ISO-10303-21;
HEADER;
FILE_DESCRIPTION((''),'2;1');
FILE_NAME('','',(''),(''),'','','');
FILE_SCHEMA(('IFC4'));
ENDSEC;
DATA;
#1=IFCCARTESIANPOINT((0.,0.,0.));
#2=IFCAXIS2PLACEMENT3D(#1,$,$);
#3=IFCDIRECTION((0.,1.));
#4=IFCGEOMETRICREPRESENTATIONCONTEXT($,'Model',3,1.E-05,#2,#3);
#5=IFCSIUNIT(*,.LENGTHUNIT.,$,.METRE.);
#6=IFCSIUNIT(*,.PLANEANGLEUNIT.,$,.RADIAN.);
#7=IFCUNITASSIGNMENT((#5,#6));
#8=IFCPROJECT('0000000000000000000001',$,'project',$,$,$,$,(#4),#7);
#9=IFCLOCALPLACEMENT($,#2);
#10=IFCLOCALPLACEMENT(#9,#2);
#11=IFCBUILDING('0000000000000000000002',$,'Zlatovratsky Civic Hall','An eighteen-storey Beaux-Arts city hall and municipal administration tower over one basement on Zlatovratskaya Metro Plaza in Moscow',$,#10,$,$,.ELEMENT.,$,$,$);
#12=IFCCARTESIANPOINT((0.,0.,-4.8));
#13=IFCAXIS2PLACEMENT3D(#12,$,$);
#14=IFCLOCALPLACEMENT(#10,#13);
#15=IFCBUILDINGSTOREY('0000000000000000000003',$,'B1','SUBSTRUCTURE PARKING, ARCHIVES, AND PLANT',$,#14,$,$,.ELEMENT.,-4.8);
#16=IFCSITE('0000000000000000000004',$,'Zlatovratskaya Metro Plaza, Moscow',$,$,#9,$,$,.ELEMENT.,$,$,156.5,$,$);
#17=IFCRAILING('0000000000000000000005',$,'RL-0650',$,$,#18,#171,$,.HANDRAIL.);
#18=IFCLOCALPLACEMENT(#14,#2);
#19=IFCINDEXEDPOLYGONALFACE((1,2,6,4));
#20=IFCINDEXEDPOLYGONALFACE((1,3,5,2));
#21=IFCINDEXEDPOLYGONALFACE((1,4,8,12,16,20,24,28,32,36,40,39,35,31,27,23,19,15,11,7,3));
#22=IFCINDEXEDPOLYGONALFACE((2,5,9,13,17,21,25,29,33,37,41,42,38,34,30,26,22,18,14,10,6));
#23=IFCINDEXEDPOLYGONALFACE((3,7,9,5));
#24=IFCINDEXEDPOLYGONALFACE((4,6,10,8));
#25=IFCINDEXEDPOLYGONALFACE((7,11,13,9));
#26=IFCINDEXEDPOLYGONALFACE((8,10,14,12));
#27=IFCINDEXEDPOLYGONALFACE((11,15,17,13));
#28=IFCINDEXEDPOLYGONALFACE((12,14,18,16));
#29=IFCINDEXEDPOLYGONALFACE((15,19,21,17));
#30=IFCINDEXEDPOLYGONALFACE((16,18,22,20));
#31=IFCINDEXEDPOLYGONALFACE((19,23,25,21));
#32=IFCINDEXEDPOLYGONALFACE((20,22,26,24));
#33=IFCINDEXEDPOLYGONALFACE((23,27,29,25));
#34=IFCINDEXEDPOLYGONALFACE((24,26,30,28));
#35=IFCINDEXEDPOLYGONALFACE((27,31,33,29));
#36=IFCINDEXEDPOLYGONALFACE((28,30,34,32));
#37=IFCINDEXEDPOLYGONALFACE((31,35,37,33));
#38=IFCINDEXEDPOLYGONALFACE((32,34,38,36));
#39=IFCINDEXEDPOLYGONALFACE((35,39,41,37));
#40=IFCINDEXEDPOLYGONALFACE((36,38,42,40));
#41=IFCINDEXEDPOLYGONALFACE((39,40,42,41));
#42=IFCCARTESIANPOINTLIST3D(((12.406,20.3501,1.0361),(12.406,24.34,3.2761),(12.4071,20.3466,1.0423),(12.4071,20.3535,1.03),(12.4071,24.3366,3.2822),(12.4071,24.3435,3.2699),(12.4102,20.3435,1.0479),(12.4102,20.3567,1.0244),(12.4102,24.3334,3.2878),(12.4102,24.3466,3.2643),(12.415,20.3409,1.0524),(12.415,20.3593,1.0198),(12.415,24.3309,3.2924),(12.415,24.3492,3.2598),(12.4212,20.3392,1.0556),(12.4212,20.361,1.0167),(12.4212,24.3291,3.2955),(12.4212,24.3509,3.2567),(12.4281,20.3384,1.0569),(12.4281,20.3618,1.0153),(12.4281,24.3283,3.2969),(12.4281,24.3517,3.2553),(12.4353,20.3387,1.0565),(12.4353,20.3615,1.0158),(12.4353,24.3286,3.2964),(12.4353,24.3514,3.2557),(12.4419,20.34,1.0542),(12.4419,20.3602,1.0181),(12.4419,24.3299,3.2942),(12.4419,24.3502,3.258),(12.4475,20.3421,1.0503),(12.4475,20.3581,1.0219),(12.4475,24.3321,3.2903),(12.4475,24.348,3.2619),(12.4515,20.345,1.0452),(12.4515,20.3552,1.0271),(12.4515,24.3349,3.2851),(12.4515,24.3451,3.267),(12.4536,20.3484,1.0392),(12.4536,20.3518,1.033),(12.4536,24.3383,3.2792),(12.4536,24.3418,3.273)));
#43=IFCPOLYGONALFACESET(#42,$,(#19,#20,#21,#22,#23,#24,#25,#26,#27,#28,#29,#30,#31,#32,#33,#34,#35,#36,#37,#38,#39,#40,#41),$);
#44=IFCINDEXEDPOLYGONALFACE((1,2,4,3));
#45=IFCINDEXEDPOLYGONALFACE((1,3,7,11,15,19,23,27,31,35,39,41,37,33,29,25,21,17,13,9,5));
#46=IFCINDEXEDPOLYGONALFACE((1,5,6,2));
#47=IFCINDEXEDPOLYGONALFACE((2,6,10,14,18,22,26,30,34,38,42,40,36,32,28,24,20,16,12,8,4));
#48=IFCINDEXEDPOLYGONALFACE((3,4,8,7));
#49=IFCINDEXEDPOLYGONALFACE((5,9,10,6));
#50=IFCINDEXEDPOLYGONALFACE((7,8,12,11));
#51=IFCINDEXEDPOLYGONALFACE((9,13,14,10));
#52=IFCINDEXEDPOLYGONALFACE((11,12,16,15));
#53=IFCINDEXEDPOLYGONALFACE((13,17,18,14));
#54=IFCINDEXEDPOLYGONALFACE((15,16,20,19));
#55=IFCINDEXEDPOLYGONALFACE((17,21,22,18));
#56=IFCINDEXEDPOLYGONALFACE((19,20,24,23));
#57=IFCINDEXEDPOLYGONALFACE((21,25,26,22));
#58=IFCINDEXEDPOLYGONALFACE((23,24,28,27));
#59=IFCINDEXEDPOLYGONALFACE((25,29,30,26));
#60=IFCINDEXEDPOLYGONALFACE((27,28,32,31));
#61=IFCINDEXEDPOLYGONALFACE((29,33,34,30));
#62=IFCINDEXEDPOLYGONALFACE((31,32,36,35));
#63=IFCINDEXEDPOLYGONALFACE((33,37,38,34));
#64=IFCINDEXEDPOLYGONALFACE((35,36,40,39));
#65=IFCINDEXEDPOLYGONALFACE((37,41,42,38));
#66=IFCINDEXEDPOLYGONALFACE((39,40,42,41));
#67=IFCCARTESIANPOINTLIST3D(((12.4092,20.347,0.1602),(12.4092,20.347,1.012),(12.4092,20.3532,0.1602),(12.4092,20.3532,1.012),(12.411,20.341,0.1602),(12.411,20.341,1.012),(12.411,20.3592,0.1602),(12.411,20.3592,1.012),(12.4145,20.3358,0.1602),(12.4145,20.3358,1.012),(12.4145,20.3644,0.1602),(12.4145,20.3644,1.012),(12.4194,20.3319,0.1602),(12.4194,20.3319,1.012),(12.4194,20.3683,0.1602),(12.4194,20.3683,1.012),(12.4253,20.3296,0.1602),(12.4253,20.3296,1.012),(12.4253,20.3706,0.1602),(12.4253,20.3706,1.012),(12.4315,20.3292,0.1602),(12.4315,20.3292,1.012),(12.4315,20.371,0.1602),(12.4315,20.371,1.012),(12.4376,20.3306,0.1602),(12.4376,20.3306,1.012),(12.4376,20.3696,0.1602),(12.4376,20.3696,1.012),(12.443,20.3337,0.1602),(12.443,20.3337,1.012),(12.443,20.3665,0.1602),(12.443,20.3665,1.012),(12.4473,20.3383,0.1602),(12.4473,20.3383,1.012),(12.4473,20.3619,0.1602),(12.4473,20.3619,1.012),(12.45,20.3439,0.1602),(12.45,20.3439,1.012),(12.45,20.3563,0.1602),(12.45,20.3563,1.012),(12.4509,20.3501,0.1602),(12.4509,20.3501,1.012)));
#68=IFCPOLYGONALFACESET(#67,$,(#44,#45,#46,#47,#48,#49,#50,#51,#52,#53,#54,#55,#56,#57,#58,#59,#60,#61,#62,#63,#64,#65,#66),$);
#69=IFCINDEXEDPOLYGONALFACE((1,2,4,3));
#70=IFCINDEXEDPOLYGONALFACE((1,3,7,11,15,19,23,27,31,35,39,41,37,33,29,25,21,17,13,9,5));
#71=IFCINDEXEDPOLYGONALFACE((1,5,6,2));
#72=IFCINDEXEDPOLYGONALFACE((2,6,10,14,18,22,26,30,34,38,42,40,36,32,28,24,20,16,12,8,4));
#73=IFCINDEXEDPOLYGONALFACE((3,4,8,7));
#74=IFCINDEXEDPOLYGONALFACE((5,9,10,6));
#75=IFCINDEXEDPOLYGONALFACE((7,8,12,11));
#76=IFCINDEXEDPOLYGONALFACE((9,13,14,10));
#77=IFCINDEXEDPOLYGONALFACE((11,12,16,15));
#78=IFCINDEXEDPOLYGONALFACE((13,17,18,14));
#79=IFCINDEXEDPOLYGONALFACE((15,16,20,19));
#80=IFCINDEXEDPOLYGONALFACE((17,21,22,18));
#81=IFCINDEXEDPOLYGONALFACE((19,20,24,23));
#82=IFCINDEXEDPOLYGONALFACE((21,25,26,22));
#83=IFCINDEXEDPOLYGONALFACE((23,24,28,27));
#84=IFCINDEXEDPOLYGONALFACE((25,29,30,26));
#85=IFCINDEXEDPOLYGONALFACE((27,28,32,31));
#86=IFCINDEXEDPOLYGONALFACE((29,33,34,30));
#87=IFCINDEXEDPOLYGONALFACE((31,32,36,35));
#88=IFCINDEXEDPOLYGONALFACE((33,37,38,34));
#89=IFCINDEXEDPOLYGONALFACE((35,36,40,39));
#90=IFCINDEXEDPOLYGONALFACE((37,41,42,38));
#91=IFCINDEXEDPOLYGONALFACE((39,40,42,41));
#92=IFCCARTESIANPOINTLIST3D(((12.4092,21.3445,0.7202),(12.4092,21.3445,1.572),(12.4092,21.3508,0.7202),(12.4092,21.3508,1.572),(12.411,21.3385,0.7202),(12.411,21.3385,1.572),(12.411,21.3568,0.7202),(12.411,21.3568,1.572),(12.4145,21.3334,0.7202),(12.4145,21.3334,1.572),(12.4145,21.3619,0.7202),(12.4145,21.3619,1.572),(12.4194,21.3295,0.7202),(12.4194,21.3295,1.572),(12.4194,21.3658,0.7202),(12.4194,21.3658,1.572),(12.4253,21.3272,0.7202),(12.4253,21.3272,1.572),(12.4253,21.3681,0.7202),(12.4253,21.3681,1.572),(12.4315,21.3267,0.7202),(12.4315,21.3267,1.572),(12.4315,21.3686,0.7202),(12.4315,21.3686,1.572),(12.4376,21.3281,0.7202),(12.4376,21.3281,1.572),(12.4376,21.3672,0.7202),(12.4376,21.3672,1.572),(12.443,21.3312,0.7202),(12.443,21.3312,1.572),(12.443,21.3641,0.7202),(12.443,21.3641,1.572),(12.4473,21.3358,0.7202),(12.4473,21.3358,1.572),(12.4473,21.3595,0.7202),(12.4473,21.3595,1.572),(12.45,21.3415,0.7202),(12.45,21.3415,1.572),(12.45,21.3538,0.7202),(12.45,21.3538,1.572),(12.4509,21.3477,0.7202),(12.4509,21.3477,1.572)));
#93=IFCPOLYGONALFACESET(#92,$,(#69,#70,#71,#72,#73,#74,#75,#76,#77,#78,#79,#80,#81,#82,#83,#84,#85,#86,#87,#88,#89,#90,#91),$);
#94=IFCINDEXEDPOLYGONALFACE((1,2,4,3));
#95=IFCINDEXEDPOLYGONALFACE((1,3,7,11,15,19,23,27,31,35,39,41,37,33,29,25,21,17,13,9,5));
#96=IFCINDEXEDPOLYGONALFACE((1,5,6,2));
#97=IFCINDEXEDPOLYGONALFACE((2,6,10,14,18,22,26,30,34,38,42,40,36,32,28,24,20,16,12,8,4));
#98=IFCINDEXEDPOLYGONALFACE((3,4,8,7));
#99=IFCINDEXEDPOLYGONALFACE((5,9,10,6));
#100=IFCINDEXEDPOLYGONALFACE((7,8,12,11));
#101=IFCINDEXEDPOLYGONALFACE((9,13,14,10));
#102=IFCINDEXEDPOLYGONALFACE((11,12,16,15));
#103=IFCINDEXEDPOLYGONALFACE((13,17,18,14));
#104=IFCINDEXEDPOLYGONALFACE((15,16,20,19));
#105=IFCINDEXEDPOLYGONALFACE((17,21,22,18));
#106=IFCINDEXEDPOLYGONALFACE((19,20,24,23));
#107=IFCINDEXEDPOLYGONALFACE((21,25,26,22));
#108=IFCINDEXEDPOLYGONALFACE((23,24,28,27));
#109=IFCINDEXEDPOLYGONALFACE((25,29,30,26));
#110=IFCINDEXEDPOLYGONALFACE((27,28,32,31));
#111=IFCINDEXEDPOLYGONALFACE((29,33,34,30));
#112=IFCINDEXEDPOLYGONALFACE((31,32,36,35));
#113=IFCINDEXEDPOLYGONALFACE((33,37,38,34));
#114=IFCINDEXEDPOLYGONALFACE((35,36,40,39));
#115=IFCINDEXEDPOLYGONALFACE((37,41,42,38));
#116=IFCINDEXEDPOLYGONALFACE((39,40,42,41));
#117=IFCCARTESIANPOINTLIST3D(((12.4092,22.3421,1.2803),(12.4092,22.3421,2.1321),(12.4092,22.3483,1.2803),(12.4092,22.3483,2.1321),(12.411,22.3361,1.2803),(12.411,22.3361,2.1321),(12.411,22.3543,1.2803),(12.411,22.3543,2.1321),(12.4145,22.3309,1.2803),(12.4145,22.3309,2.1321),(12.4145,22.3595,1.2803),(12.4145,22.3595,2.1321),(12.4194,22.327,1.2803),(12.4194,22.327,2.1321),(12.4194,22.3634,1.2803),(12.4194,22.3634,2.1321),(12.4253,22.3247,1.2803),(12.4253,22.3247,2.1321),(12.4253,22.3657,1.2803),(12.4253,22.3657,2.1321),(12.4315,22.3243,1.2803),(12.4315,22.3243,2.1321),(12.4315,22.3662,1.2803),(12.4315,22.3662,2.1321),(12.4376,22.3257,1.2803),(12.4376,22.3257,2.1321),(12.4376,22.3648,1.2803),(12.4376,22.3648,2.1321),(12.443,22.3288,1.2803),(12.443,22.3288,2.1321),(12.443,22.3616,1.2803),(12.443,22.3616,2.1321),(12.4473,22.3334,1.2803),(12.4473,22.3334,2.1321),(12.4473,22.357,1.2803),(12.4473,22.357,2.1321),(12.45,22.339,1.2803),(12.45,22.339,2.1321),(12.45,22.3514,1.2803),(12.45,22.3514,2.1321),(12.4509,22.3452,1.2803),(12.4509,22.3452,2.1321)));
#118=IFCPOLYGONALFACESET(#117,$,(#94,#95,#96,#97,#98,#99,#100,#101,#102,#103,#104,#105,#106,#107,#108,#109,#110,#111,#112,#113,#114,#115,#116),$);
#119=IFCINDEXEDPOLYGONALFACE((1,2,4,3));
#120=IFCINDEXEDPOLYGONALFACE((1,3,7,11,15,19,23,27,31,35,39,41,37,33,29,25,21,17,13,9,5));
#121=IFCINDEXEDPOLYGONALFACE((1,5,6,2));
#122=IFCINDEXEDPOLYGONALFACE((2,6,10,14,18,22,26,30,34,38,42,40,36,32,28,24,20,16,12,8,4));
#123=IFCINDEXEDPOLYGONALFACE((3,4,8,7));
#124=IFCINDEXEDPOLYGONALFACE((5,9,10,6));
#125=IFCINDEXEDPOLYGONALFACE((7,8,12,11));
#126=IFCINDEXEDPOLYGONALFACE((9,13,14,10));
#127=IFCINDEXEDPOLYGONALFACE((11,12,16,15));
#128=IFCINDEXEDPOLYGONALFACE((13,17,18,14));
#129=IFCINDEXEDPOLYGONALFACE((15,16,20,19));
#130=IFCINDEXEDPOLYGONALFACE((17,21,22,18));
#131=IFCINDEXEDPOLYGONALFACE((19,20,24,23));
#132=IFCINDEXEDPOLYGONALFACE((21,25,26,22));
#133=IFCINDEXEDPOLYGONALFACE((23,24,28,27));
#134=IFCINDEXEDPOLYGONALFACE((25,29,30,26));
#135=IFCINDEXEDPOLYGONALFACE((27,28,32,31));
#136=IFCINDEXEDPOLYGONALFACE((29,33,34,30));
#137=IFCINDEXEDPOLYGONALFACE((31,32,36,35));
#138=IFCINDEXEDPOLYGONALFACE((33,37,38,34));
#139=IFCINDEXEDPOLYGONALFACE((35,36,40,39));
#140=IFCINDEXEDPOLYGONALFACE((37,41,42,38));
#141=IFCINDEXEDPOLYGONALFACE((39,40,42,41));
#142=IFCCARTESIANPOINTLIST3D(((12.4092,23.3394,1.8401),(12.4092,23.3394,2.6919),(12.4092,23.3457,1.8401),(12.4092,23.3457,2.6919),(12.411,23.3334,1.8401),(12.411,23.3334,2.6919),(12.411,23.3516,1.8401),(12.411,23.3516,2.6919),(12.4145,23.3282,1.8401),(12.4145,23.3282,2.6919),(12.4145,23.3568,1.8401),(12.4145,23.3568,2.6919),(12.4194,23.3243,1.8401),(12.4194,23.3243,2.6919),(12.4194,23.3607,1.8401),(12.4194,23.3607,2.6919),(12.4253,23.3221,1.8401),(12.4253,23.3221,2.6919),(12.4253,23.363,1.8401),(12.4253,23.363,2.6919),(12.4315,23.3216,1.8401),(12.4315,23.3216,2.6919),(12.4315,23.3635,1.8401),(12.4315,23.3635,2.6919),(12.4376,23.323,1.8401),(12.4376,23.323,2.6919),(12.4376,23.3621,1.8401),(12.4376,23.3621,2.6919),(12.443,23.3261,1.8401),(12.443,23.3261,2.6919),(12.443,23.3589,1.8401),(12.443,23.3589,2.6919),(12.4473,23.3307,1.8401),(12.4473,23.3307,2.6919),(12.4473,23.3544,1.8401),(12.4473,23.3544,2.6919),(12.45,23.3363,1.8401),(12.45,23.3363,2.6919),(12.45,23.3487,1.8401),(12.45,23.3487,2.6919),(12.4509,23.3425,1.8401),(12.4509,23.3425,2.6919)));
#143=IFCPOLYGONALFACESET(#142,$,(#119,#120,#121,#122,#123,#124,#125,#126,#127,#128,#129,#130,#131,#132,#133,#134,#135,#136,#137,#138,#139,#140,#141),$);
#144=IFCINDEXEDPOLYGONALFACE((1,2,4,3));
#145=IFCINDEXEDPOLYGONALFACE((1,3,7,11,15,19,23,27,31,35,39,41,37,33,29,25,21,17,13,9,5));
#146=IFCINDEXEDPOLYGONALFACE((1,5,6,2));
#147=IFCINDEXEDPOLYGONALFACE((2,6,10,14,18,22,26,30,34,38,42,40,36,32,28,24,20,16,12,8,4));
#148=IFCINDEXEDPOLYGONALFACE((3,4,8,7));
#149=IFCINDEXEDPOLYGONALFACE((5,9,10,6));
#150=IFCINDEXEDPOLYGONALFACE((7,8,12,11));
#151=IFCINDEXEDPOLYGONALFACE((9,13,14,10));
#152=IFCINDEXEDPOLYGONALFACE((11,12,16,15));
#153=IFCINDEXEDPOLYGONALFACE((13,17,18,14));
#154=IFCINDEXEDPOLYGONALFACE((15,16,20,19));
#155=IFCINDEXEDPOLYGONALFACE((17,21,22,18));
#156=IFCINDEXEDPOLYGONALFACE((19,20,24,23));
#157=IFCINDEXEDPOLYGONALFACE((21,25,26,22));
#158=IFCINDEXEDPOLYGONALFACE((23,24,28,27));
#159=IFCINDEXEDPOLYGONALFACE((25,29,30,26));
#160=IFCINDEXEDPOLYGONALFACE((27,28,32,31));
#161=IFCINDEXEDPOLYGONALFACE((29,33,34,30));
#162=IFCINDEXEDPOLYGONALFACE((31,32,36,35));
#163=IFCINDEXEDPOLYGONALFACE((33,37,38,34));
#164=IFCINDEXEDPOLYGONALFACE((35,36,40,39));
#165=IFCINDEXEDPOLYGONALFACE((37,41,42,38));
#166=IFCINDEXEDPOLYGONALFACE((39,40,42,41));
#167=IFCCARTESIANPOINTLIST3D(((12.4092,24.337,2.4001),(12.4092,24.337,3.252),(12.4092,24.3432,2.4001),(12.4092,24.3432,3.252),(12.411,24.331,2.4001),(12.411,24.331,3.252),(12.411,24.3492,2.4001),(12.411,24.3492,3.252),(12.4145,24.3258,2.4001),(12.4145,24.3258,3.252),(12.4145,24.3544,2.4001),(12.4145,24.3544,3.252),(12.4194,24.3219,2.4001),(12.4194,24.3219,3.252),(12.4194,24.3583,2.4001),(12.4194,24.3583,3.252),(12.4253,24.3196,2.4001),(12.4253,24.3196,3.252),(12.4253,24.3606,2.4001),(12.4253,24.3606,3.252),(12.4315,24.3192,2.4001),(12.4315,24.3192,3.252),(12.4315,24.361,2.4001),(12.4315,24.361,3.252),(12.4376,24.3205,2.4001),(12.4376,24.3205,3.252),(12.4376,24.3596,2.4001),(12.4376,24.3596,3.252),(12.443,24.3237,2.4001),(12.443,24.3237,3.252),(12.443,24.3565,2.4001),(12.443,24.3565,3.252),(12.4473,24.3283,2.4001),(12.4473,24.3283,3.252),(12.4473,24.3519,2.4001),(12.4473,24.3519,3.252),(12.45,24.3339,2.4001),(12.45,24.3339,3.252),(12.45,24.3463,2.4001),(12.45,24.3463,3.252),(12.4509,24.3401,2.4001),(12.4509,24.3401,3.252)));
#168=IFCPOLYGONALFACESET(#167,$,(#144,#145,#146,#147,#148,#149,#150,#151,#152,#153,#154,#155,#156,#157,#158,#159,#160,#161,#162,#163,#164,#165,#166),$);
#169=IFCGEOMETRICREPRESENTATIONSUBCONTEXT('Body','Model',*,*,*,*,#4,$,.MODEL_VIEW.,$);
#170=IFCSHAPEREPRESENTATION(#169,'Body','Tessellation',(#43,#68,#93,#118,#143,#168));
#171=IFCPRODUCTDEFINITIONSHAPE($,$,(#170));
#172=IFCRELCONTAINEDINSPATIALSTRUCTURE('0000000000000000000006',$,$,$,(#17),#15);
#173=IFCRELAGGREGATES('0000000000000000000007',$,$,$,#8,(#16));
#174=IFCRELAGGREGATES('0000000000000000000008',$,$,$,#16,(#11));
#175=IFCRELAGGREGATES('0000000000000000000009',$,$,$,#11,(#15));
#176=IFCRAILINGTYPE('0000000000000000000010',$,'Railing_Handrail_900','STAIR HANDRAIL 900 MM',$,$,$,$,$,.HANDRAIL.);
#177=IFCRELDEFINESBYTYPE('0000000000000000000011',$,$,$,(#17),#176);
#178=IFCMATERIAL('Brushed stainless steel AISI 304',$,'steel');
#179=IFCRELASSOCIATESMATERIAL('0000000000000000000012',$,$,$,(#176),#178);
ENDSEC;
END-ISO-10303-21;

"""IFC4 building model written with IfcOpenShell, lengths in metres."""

from ifc_helpers import new_model, si_unit, direction, frame, origin, origin_2d, place, context, subcontext, project, spatial, circle, extrude, material, type_object, element, save


model = new_model("IFC4")

# Units and contexts
model_context = context("Model", 3, precision=1e-05, world=origin(), true_north=direction((0.0, 1.0)))
body_context = subcontext(model_context, "Body", "Model", "MODEL_VIEW")
ifc_project = project(units=[si_unit("LENGTHUNIT", "METRE"), si_unit("PLANEANGLEUNIT", "RADIAN")], contexts=[model_context])

# Site, building, storey
site_placement = place(None, origin())
site = spatial("IfcSite", under=ifc_project, at=site_placement, Name="Zlatovratskaya Metro Plaza, Moscow", CompositionType="ELEMENT", RefElevation=156.5)
building_placement = place(site_placement, origin())
building = spatial("IfcBuilding", under=site, at=building_placement, Name="Zlatovratsky Civic Hall", Description="An eighteen-storey Beaux-Arts city hall and municipal administration tower over one basement on Zlatovratskaya Metro Plaza in Moscow", CompositionType="ELEMENT")
storey_placement = place(building_placement, frame((0.0, 0.0, -4.8)))
storey = spatial("IfcBuildingStorey", under=building, at=storey_placement, Name="B1", Description="SUBSTRUCTURE PARKING, ARCHIVES, AND PLANT", CompositionType="ELEMENT", Elevation=-4.8)

# Railing
ifc_material_1 = material(Name="Brushed stainless steel AISI 304", Category="steel")
railing_type = type_object("IfcRailingType", Name="Railing_Handrail_900", Description="STAIR HANDRAIL 900 MM", PredefinedType="HANDRAIL", material=ifc_material_1)
railing_placement = place(storey_placement, frame((12.4299, 20.3501, 0.1602)))
element("IfcRailing", 1, at=railing_placement, inside=storey, type_object=railing_type, Name="RL-0650", PredefinedType="HANDRAIL", context=body_context, shape_type="SweptSolid", body=[
    extrude(circle(Radius=0.0239, at=origin_2d()), frame((0.0, 0.0, 0.876), z_axis=(0.0, 0.871984, 0.489534), x_axis=(-1.0, 0.0, 0.0)), (0.0, 0.0, 1.0), 4.5757),
    extrude(circle(Radius=0.021, at=origin_2d()), origin(), (0.0, 0.0, 1.0), 0.8518),
    extrude(circle(Radius=0.021, at=origin_2d()), frame((0.0, 0.9976, 0.5601)), (0.0, 0.0, 1.0), 0.8518),
    extrude(circle(Radius=0.021, at=origin_2d()), frame((0.0, 1.9951, 1.1201)), (0.0, 0.0, 1.0), 0.8518),
    extrude(circle(Radius=0.021, at=origin_2d()), frame((0.0, 2.9924, 1.6799)), (0.0, 0.0, 1.0), 0.8518),
    extrude(circle(Radius=0.021, at=origin_2d()), frame((0.0, 3.99, 2.24)), (0.0, 0.0, 1.0), 0.8518),
])

save(model, "model.ifc")
